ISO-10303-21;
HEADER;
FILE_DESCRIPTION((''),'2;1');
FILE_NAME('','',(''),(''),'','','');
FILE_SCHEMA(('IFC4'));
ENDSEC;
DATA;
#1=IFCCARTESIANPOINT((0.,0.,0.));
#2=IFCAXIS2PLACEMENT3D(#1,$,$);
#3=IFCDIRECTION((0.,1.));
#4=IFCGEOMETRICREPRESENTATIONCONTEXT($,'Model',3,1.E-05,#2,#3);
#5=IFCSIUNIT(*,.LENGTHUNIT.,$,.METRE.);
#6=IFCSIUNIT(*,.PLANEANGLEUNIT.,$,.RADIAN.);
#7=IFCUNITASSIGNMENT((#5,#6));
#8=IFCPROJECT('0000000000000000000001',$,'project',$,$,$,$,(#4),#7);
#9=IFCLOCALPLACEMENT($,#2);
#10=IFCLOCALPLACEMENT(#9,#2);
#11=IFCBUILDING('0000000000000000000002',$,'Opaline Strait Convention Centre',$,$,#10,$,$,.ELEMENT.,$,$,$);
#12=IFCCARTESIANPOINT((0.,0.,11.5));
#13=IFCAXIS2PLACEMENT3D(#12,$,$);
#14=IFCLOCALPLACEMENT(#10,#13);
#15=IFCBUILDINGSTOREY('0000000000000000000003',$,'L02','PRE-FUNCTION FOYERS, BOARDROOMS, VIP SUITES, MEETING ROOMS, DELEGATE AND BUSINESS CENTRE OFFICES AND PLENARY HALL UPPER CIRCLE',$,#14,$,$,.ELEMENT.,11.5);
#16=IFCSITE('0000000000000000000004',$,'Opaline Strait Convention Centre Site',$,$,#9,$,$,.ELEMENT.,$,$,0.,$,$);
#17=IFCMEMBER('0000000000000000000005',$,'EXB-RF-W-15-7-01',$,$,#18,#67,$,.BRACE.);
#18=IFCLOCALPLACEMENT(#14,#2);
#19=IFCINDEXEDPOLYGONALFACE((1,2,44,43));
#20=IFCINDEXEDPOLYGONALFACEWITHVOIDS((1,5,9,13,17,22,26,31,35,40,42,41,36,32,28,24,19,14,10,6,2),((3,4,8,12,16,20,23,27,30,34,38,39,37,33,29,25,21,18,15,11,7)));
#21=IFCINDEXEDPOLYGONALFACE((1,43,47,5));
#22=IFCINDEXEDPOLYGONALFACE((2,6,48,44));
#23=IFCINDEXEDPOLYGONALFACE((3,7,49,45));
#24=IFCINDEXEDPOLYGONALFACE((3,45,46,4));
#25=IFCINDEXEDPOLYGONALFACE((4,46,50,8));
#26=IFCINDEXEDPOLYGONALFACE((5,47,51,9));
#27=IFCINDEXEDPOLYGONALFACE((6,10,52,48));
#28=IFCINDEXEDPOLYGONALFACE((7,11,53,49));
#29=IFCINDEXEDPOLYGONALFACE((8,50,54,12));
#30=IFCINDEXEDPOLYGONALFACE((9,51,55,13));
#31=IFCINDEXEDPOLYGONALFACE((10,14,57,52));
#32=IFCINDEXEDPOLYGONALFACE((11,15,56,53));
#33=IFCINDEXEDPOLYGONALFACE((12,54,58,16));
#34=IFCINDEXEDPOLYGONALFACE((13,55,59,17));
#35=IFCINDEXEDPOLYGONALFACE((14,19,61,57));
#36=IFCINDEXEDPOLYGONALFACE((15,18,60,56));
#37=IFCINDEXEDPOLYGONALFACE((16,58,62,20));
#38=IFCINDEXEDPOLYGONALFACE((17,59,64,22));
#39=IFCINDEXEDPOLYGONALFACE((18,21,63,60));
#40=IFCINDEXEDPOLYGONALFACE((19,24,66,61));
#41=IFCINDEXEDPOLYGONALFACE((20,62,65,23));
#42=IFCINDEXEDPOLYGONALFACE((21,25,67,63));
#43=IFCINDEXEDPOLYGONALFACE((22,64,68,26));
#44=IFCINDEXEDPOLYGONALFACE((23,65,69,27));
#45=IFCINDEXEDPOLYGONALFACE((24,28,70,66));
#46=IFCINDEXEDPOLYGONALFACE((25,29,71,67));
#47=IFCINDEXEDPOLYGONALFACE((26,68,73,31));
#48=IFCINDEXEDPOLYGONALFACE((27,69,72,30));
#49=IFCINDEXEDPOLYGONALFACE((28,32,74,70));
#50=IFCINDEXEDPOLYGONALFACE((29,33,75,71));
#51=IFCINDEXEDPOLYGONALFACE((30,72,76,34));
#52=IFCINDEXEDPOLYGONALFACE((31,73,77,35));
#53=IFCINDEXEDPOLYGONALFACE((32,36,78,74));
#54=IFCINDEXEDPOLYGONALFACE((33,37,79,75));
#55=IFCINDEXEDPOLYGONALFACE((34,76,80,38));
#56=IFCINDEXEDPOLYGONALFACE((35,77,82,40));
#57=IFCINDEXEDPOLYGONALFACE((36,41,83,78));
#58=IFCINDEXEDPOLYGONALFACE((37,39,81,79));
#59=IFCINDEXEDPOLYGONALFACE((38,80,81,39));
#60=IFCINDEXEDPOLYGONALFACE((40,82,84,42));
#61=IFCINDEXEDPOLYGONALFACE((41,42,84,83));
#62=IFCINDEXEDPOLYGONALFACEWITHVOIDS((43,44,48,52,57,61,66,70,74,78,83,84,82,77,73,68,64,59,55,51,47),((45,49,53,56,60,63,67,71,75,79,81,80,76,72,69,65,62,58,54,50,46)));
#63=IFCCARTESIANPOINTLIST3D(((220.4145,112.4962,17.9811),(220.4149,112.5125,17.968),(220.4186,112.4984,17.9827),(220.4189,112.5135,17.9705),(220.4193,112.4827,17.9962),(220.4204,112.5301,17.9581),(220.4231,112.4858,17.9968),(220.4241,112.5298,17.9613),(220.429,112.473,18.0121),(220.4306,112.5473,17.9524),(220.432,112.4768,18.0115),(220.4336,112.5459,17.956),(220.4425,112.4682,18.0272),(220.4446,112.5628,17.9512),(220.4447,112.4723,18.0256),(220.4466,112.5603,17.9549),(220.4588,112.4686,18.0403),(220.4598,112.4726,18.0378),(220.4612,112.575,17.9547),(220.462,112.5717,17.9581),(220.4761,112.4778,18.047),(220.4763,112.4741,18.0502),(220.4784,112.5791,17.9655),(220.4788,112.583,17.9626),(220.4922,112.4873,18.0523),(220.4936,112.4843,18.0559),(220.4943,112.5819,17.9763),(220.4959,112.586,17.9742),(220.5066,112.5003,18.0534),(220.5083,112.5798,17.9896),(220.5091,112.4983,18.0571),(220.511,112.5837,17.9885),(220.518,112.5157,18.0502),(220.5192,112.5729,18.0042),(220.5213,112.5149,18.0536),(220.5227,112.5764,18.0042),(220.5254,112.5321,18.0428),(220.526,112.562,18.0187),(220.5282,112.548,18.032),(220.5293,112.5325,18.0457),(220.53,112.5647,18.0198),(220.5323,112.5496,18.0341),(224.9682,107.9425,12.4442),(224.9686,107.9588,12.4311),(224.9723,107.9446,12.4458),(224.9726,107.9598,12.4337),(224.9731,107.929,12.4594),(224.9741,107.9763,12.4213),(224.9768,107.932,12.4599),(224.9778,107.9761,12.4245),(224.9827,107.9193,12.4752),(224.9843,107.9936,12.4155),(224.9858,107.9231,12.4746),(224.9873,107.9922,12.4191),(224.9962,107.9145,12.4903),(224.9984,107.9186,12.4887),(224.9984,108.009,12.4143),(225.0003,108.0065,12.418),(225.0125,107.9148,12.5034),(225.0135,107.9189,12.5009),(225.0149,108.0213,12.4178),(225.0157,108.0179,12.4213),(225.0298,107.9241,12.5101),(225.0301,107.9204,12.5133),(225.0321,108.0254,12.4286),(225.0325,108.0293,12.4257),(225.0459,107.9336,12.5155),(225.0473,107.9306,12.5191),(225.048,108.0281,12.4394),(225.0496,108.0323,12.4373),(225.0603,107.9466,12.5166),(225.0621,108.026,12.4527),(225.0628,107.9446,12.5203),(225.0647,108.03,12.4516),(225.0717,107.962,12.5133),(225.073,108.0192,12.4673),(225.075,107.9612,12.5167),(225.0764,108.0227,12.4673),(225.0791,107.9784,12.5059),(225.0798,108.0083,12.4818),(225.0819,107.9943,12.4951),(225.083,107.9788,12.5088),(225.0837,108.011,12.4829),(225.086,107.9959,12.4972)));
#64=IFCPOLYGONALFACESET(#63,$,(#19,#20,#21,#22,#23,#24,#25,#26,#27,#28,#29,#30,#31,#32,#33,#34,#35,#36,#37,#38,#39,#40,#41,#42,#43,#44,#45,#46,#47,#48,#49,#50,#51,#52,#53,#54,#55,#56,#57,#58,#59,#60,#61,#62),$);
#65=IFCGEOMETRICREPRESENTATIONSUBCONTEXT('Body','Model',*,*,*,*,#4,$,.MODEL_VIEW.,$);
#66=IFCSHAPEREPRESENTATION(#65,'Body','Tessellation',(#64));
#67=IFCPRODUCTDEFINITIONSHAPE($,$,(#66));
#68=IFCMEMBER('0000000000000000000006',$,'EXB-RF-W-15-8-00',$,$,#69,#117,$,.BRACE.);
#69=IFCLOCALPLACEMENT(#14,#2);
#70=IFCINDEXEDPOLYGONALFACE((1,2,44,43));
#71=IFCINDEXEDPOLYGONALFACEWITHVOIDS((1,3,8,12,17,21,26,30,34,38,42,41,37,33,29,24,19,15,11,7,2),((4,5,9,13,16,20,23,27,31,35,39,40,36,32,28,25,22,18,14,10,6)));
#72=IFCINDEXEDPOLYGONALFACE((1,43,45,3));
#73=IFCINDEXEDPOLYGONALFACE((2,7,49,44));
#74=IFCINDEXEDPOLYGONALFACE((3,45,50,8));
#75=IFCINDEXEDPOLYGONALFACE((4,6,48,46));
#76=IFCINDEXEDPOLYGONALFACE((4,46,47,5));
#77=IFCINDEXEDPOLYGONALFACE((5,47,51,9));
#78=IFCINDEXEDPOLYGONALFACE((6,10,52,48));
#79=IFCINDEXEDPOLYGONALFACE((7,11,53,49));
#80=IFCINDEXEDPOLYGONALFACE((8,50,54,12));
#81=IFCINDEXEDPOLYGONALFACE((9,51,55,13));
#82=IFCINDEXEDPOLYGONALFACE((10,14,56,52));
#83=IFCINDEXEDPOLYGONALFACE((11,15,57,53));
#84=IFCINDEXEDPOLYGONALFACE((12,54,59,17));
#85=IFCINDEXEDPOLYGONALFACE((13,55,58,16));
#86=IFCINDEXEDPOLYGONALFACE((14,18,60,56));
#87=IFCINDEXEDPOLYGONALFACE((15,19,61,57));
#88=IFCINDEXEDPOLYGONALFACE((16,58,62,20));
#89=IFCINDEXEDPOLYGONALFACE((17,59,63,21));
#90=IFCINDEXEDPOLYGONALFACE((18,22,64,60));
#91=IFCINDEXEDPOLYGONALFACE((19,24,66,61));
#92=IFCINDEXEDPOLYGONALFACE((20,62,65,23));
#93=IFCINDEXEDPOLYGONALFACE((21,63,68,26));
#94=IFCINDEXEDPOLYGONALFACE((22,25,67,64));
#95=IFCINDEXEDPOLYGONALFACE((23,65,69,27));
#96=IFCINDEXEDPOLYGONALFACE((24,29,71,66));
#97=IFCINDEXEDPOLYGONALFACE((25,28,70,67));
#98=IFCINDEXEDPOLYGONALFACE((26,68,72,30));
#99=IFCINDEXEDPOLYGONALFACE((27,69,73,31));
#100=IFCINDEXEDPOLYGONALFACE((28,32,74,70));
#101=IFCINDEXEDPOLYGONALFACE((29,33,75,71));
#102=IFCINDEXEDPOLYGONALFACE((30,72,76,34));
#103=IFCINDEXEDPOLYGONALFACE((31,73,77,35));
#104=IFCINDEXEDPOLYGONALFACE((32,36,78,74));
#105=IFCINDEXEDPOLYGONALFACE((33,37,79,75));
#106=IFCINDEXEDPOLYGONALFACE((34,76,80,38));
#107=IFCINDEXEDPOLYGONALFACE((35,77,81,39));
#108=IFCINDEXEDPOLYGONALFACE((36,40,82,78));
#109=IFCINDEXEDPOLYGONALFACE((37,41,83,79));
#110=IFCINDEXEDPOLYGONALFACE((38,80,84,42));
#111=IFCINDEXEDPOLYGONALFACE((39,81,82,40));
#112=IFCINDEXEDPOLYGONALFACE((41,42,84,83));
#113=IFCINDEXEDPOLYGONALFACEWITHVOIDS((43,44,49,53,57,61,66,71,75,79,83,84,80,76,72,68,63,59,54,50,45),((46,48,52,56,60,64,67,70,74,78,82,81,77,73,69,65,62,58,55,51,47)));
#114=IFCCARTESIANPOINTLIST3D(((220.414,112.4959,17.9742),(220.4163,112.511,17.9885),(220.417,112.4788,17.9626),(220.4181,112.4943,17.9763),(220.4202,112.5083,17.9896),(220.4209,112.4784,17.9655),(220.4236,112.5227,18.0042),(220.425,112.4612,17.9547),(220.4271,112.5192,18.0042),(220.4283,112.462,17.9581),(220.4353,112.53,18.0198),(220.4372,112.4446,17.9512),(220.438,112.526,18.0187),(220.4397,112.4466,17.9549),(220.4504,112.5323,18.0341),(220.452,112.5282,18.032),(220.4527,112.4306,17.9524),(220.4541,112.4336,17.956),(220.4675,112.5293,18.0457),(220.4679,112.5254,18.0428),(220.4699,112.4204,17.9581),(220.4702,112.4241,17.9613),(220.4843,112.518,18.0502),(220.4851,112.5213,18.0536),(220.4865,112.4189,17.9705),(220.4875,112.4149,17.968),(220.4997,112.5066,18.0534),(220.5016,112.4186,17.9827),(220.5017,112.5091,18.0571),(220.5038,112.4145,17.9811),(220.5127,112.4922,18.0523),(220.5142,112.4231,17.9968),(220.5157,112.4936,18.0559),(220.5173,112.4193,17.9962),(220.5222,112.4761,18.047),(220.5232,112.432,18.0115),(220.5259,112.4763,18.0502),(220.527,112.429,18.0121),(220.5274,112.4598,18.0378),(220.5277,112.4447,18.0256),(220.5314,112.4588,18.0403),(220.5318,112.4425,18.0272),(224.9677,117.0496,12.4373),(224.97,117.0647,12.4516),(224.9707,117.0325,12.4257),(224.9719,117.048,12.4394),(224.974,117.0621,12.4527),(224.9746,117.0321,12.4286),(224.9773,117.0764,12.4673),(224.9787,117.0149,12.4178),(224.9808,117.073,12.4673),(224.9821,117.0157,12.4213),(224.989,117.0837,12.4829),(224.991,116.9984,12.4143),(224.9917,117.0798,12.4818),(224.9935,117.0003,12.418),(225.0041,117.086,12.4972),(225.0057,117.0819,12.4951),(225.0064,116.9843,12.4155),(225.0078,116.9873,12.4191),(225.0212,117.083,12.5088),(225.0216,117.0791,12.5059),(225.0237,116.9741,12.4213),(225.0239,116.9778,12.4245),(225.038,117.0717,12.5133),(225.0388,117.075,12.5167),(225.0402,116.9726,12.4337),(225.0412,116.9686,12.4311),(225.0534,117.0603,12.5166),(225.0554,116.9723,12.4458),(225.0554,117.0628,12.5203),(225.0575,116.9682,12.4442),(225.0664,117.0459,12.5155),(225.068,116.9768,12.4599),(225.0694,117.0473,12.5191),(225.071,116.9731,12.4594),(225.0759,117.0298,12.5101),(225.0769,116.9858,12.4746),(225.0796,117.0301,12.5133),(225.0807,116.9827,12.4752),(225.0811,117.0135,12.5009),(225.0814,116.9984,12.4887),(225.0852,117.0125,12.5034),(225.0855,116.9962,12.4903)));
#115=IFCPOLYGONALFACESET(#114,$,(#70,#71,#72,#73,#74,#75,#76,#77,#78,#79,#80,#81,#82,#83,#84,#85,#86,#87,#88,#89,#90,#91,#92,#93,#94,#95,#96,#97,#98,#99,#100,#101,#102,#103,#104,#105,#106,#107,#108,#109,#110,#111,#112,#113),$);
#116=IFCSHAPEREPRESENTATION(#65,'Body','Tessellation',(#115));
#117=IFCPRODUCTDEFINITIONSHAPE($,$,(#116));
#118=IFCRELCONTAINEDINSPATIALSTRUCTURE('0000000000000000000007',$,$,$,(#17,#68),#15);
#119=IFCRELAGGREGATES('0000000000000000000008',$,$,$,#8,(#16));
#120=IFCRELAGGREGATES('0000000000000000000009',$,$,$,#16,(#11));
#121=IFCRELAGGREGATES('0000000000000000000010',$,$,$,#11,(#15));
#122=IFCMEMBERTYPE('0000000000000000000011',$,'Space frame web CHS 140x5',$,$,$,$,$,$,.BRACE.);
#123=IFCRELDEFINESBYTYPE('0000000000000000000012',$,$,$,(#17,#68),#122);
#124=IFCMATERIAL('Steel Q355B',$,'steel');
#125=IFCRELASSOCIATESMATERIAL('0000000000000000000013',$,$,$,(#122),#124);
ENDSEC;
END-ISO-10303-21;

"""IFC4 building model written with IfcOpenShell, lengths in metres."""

from ifc_helpers import new_model, si_unit, direction, frame, origin, origin_2d, place, context, subcontext, project, spatial, hollow_circle, extrude, material, material_profile, profile_set, type_object, element, save


model = new_model("IFC4")

# Units and contexts
model_context = context("Model", 3, precision=1e-05, world=origin(), true_north=direction((0.0, 1.0)))
body_context = subcontext(model_context, "Body", "Model", "MODEL_VIEW")
ifc_project = project(units=[si_unit("LENGTHUNIT", "METRE"), si_unit("PLANEANGLEUNIT", "RADIAN")], contexts=[model_context])

# Site, building, storey
site_placement = place(None, origin())
site = spatial("IfcSite", under=ifc_project, at=site_placement, Name="Opaline Strait Convention Centre Site", CompositionType="ELEMENT", RefElevation=0.0)
building_placement = place(site_placement, origin())
building = spatial("IfcBuilding", under=site, at=building_placement, Name="Opaline Strait Convention Centre", CompositionType="ELEMENT")
storey_placement = place(building_placement, frame((0.0, 0.0, 11.5)))
storey = spatial("IfcBuildingStorey", under=building, at=storey_placement, Name="L02", Description="PRE-FUNCTION FOYERS, BOARDROOMS, VIP SUITES, MEETING ROOMS, DELEGATE AND BUSINESS CENTRE OFFICES AND PLENARY HALL UPPER CIRCLE", CompositionType="ELEMENT", Elevation=11.5)

# Members
ifc_material = material(Name="Steel Q355B", Category="steel")
ifc_material_profile_1 = material_profile(ifc_material, hollow_circle(Radius=0.0701, WallThickness=0.0049, at=origin_2d()), Name="CHS 140x5")
ifc_profile_set_1 = profile_set([ifc_material_profile_1], Name="Steel Q355B")
member_type_1 = type_object("IfcMemberType", Name="Space frame web CHS 140x5", PredefinedType="BRACE", material=ifc_profile_set_1)
for number, where, z_axis, x_axis, name in (
    (1, (220.4731, 112.5269, 18.0042), (0.536178, -0.536178, -0.65194), (0.707107, 0.707107, 0.0), "EXB-RF-W-15-7-01"),
    (2, (220.4731, 112.4731, 18.0042), (0.536178, 0.536178, -0.65194), (-0.707107, 0.707107, 0.0), "EXB-RF-W-15-8-00"),
):
    element("IfcMember", number, at=place(storey_placement, frame(where, z_axis=z_axis, x_axis=x_axis)), inside=storey, type_object=member_type_1, Name=name, PredefinedType="BRACE", context=body_context, shape_type="SweptSolid", body=[
        extrude(hollow_circle(Radius=0.0701, WallThickness=0.0049, at=origin_2d()), origin(), (0.0, 0.0, 1.0), 8.4929),
    ])

save(model, "model.ifc")
